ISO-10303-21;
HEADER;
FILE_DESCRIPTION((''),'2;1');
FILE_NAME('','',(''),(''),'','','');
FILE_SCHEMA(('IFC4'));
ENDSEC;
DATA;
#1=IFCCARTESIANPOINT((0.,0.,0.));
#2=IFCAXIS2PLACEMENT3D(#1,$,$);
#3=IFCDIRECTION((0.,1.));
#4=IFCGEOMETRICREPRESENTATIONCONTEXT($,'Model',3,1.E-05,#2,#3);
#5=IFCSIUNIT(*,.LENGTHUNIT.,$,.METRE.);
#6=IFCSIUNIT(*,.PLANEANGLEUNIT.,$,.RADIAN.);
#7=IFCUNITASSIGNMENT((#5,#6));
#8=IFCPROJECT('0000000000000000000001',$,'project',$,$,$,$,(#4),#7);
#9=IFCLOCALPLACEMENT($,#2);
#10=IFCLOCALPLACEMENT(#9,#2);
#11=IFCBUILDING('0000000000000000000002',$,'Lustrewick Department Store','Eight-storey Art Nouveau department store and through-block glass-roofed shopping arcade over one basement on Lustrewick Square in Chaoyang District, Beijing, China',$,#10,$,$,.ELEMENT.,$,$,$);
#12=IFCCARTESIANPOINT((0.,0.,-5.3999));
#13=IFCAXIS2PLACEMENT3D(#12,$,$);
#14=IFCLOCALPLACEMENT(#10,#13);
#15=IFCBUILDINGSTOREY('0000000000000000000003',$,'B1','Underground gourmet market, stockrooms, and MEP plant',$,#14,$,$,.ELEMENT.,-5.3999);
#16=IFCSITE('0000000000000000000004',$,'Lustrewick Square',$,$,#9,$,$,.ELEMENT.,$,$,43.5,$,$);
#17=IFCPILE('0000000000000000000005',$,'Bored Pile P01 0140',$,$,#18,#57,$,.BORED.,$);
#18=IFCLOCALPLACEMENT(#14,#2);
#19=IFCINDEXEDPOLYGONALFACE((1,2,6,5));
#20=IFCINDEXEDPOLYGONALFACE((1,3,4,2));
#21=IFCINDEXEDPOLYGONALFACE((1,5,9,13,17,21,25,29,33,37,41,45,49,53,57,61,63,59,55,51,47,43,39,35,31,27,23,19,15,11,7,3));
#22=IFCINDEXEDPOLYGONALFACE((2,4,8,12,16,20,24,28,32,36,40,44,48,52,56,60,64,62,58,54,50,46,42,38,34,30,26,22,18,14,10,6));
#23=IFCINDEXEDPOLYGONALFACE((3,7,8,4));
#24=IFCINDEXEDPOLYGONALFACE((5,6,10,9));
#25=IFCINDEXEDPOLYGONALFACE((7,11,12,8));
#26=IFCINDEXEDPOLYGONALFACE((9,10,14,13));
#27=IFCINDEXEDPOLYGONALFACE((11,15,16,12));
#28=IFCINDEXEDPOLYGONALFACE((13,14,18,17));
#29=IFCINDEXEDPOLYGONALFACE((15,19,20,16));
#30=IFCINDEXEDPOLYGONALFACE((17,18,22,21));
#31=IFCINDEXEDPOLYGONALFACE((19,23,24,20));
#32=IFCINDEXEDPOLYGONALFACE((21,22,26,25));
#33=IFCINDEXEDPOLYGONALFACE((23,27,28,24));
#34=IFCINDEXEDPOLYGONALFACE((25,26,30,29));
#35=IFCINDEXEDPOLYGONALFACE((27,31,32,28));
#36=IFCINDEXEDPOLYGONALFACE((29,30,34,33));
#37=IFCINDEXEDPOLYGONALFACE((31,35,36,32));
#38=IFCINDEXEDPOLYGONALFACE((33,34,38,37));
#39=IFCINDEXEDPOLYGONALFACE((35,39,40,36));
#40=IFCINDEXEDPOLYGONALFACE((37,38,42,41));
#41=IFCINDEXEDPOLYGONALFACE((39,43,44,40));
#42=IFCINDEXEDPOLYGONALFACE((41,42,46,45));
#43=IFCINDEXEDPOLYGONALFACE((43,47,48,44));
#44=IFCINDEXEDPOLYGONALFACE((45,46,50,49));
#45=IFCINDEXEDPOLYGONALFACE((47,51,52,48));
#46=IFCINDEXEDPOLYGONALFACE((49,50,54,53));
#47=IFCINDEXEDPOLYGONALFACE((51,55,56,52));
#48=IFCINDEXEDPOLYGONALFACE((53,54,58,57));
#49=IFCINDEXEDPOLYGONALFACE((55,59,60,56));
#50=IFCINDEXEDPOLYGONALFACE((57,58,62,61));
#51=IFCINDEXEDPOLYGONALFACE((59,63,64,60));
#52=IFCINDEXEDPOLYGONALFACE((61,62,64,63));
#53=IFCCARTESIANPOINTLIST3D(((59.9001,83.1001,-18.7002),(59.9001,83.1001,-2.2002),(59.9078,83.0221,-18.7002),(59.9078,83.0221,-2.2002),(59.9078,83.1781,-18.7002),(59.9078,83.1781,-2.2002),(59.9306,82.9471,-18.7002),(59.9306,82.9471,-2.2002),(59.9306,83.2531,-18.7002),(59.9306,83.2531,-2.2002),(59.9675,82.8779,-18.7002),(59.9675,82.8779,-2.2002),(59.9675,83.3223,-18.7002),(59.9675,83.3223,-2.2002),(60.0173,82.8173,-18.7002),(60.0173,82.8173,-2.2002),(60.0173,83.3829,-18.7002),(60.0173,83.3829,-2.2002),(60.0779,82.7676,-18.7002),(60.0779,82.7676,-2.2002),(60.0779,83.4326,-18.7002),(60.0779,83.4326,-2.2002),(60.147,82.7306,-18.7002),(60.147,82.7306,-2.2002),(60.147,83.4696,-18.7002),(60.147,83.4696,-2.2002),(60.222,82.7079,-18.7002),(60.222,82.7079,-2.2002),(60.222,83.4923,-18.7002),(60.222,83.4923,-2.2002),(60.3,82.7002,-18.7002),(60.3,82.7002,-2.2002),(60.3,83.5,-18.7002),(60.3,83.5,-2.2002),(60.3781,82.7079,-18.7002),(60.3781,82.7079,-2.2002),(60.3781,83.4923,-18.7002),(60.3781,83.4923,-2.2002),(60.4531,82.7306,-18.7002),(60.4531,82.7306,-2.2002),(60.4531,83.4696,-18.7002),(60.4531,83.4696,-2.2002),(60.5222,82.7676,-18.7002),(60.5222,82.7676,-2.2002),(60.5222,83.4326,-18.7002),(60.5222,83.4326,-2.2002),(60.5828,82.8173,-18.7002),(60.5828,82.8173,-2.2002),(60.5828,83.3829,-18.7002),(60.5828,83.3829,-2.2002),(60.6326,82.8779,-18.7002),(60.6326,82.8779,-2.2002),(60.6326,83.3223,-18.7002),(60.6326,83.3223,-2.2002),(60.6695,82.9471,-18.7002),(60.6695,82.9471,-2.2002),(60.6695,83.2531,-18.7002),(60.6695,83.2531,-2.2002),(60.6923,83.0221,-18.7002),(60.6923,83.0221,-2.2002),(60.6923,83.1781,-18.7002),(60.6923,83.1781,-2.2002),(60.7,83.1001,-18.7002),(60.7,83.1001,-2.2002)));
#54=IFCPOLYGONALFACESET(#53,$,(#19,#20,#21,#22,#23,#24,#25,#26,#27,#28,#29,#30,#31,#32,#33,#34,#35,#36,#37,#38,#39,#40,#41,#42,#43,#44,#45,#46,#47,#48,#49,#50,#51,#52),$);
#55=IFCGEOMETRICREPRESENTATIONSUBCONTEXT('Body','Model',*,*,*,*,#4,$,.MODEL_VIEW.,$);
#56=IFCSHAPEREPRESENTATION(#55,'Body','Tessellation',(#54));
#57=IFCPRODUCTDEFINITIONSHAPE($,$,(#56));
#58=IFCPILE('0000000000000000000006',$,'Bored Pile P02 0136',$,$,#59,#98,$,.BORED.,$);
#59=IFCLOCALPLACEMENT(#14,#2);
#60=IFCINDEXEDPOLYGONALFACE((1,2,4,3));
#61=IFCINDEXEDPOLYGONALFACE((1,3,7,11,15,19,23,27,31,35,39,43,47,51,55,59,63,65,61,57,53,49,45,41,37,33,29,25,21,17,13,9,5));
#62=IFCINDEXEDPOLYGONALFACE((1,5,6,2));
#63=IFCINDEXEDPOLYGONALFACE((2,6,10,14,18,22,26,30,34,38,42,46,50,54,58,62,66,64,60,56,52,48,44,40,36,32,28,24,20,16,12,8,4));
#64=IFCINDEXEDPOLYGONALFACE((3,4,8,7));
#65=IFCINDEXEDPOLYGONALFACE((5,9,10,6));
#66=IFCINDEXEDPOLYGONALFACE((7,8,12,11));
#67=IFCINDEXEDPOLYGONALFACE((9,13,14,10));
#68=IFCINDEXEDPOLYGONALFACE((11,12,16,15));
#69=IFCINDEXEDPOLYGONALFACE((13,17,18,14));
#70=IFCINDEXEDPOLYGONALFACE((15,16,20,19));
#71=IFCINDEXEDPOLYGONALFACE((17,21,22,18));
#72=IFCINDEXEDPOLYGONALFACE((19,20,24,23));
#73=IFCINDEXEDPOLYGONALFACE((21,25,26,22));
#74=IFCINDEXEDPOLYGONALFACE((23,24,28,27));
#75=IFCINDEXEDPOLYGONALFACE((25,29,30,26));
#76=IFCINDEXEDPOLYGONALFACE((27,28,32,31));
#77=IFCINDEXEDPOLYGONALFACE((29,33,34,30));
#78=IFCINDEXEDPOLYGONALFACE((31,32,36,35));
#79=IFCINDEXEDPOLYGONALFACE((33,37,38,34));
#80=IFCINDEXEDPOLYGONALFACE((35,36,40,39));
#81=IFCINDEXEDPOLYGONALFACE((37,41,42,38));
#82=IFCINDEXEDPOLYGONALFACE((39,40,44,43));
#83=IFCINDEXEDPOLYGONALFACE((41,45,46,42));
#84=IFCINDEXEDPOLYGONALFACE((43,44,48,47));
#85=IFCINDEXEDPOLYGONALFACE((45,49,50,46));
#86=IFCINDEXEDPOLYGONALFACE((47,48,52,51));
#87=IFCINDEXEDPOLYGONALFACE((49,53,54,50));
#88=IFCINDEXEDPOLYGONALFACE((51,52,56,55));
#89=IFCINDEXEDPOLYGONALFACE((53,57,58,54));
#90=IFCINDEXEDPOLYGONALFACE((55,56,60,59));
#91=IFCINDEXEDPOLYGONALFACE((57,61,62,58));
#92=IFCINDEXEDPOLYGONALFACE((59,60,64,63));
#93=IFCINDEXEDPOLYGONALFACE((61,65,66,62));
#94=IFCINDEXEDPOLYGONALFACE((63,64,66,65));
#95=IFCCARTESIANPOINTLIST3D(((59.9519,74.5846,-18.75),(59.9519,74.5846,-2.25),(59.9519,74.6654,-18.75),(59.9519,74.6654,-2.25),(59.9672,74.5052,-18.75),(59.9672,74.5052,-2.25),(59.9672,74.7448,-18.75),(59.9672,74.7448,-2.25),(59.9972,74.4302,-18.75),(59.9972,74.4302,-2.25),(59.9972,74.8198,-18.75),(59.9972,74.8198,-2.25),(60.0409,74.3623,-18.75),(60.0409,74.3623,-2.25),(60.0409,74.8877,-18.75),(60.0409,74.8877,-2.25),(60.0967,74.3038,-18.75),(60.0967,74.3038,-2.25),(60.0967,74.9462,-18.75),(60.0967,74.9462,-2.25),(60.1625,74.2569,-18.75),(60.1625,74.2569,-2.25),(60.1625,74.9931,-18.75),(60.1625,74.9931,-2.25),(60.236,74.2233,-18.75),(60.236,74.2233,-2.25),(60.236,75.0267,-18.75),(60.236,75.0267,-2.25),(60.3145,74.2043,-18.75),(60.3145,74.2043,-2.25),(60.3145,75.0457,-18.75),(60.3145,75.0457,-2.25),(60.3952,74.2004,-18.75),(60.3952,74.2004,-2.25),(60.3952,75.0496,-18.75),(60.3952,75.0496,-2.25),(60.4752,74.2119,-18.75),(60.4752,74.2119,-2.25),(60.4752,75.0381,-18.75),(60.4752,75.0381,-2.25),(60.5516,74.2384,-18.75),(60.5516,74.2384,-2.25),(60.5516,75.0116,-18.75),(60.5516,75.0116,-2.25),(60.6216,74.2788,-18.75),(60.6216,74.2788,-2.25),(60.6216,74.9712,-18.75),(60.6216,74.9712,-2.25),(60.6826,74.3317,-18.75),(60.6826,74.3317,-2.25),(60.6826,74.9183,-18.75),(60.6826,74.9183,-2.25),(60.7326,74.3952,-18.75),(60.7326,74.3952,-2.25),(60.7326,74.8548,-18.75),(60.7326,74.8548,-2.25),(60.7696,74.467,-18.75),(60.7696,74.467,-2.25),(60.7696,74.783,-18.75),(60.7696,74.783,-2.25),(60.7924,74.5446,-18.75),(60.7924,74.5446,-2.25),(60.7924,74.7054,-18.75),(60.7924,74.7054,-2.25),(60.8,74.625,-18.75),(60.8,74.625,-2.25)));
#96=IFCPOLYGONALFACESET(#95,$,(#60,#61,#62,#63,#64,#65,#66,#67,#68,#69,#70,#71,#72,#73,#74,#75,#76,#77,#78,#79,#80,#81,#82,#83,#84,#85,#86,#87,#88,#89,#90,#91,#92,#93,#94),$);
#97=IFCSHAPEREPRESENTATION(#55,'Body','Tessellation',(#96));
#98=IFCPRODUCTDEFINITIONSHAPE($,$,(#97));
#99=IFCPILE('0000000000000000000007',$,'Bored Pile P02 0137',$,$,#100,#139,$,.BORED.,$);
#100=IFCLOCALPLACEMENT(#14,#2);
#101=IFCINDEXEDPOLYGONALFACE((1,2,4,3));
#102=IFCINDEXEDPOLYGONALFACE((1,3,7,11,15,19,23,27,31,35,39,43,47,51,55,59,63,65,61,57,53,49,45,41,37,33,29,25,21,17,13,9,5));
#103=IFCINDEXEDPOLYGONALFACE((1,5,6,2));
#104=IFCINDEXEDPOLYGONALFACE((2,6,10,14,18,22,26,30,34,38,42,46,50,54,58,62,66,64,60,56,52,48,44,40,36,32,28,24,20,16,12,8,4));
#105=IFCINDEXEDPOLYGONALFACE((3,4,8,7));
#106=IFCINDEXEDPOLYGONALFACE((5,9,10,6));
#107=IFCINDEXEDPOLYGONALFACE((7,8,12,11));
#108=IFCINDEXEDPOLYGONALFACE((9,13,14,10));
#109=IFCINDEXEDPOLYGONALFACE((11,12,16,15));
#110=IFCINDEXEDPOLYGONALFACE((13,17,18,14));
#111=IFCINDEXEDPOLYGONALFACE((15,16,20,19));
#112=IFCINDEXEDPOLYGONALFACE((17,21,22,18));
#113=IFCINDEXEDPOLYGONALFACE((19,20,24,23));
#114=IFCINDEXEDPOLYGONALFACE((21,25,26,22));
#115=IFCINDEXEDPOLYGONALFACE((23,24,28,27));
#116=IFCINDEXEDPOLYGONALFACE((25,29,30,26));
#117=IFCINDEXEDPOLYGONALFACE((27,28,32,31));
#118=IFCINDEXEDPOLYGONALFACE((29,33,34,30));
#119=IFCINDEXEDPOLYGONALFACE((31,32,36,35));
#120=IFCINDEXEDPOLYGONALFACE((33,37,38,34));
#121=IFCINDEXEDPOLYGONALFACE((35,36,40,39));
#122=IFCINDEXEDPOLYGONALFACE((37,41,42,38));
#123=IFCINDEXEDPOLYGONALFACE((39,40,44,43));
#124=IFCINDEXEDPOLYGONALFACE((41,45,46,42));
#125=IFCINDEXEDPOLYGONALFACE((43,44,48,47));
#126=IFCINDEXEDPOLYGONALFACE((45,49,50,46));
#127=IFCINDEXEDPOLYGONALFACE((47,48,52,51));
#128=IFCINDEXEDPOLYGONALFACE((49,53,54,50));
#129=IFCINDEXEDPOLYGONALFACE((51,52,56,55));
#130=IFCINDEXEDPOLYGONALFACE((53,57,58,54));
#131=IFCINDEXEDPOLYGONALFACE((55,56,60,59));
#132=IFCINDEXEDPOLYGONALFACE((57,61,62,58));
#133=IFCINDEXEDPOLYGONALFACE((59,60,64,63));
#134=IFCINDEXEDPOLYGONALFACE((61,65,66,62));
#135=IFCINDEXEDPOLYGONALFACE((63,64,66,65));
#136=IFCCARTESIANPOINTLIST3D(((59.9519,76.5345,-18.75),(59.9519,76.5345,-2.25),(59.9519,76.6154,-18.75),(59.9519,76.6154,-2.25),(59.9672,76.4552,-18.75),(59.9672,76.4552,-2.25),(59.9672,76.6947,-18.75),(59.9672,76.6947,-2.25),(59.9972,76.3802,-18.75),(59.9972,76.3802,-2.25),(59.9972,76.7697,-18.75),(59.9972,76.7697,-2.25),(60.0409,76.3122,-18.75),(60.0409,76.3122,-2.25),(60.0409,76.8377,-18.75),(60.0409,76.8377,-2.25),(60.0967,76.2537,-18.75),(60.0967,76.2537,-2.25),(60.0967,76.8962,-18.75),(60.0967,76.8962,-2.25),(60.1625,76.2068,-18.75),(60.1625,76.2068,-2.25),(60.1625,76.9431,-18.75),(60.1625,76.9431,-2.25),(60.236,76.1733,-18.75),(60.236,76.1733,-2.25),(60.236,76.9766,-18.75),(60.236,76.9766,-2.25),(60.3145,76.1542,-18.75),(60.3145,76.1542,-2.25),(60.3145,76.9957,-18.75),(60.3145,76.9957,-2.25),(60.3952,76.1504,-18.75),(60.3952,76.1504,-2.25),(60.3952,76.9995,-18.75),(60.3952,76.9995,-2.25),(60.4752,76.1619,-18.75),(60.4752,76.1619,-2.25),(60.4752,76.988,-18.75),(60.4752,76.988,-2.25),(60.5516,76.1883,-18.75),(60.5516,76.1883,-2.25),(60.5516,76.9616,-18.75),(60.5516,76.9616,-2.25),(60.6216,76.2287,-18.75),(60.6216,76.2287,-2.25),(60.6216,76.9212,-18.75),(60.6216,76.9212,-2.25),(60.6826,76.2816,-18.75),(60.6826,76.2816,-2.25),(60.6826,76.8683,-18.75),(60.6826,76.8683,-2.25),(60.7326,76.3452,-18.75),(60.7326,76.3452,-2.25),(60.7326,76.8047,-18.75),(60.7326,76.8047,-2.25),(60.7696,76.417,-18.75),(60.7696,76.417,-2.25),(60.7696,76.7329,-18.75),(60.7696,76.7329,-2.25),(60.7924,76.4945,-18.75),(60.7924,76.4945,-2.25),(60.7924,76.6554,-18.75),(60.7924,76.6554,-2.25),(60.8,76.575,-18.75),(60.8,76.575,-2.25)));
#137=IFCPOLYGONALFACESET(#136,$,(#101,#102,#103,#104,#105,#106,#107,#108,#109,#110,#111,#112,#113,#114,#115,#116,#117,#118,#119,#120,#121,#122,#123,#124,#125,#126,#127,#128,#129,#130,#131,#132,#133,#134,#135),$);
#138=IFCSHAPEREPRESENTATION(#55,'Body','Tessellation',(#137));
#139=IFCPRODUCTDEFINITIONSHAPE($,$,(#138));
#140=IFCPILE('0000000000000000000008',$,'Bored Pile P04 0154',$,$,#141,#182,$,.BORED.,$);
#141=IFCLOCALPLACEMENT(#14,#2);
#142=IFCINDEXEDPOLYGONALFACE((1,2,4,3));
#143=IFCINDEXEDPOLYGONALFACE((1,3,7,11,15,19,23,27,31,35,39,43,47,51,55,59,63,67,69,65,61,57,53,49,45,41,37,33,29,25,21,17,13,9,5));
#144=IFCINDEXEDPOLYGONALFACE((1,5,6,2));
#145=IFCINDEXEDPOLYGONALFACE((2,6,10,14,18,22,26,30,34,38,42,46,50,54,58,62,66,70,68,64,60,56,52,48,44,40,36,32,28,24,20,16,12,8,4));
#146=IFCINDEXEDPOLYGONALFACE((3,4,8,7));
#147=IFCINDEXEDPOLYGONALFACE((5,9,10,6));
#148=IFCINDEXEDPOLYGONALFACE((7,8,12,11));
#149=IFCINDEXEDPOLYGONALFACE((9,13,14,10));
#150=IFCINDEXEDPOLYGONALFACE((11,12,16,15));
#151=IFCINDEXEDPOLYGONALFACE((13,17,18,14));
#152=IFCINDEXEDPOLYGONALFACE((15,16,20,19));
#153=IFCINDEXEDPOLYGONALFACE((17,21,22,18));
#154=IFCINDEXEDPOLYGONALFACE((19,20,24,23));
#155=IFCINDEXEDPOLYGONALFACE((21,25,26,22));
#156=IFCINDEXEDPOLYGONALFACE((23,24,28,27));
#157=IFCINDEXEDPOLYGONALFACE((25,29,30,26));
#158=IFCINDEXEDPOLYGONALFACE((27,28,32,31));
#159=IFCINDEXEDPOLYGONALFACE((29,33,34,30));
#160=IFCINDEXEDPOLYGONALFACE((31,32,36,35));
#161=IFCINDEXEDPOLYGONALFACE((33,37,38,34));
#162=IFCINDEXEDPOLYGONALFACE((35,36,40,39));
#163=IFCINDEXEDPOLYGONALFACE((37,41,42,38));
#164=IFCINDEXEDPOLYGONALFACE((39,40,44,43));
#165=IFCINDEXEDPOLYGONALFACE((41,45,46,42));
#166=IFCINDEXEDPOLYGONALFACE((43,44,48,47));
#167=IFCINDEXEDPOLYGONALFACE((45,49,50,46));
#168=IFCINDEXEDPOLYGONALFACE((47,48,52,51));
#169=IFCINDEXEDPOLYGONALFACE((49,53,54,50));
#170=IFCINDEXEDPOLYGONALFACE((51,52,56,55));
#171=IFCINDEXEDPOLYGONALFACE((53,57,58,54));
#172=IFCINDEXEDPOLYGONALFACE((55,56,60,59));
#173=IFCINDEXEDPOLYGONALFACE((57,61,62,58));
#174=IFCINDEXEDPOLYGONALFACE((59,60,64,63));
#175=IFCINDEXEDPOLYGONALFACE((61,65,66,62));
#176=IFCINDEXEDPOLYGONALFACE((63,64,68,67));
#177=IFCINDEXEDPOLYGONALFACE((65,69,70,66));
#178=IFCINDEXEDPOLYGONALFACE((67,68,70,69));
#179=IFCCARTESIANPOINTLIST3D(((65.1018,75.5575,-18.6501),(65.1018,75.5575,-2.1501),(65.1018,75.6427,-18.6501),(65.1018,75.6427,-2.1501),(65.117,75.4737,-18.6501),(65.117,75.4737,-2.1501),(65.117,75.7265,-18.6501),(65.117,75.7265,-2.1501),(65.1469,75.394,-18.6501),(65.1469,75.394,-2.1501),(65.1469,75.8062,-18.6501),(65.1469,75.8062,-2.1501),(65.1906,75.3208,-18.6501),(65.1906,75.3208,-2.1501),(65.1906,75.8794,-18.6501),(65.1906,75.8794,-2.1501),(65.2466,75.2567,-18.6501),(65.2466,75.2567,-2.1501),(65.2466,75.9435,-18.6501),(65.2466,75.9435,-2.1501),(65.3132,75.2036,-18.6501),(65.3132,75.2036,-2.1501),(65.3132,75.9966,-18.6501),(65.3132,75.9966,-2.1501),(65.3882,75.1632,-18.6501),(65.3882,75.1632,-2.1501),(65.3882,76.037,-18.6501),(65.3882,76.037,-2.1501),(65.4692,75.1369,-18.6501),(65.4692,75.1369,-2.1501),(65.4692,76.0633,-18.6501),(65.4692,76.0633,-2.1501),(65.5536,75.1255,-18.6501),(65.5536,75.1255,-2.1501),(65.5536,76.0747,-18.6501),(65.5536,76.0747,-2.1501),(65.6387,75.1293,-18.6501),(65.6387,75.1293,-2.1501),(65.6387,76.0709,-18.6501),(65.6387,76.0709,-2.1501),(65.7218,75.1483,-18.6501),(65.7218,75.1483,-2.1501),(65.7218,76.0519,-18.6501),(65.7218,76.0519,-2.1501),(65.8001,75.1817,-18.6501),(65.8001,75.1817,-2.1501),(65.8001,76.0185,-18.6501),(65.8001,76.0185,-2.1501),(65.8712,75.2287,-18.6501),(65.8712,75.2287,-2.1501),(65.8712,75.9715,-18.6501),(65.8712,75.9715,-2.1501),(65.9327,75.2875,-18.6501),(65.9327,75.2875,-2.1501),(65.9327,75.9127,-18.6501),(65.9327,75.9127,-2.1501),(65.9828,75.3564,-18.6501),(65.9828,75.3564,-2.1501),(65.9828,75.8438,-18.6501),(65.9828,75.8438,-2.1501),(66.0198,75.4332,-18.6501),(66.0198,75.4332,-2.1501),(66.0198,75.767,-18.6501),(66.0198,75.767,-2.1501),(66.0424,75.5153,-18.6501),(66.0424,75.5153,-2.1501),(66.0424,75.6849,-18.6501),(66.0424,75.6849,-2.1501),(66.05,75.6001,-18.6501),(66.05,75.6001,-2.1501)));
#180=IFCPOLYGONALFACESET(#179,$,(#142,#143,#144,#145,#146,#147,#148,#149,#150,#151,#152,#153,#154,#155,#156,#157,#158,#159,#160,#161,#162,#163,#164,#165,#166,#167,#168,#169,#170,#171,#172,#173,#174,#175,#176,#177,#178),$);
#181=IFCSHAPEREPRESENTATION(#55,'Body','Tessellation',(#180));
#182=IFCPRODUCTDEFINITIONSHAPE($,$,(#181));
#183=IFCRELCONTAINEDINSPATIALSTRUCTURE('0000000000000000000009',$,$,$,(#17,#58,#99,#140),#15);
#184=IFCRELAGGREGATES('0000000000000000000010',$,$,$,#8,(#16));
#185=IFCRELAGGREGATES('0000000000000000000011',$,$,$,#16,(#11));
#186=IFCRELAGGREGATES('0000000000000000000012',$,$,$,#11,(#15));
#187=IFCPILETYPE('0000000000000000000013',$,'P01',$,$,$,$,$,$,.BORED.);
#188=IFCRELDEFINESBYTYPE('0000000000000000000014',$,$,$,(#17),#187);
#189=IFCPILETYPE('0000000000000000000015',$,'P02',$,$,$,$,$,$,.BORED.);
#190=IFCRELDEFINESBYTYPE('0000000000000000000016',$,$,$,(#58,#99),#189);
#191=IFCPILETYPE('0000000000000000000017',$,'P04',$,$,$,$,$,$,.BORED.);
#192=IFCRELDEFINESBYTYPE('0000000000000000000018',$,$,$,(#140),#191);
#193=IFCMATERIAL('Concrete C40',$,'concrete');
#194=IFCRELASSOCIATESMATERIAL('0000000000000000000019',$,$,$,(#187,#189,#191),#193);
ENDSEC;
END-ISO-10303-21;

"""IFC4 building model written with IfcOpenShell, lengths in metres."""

from ifc_helpers import new_model, si_unit, direction, frame, origin, origin_2d, place, context, subcontext, project, spatial, circle, extrude, material, material_profile, profile_set, type_object, element, save


model = new_model("IFC4")

# Units and contexts
model_context = context("Model", 3, precision=1e-05, world=origin(), true_north=direction((0.0, 1.0)))
body_context = subcontext(model_context, "Body", "Model", "MODEL_VIEW")
ifc_project = project(units=[si_unit("LENGTHUNIT", "METRE"), si_unit("PLANEANGLEUNIT", "RADIAN")], contexts=[model_context])

# Site, building, storey
site_placement = place(None, origin())
site = spatial("IfcSite", under=ifc_project, at=site_placement, Name="Lustrewick Square", CompositionType="ELEMENT", RefElevation=43.5)
building_placement = place(site_placement, origin())
building = spatial("IfcBuilding", under=site, at=building_placement, Name="Lustrewick Department Store", Description="Eight-storey Art Nouveau department store and through-block glass-roofed shopping arcade over one basement on Lustrewick Square in Chaoyang District, Beijing, China", CompositionType="ELEMENT")
storey_placement = place(building_placement, frame((0.0, 0.0, -5.3999)))
storey = spatial("IfcBuildingStorey", under=building, at=storey_placement, Name="B1", Description="Underground gourmet market, stockrooms, and MEP plant", CompositionType="ELEMENT", Elevation=-5.3999)

# Piles
ifc_material_1 = material(Name="Concrete C40", Category="concrete")
ifc_material_profile_1 = material_profile(ifc_material_1, circle(Radius=0.3999, at=origin_2d()), Name="PILE D800")
ifc_profile_set_1 = profile_set([ifc_material_profile_1], Name="Concrete C40")
pile_type_1 = type_object("IfcPileType", Name="P01", PredefinedType="BORED", material=ifc_profile_set_1)
pile_1_placement = place(storey_placement, frame((60.3, 83.1001, -2.2002), z_axis=(0.0, 0.0, -1.0), x_axis=(1.0, 0.0, 0.0)))
element("IfcPile", 1, at=pile_1_placement, inside=storey, type_object=pile_type_1, Name="Bored Pile P01 0140", PredefinedType="BORED", context=body_context, shape_type="SweptSolid", body=[
    extrude(circle(Radius=0.3999, at=origin_2d()), origin(), (0.0, 0.0, 1.0), 16.5),
])
ifc_material_profile_2 = material_profile(ifc_material_1, circle(Radius=0.425, at=origin_2d()), Name="PILE D850")
ifc_profile_set_2 = profile_set([ifc_material_profile_2], Name="Concrete C40")
pile_type_2 = type_object("IfcPileType", Name="P02", PredefinedType="BORED", material=ifc_profile_set_2)
for number, where, z_axis, x_axis, name in (
    (2, (60.375, 74.625, -2.25), (0.0, 0.0, -1.0), (1.0, 0.0, 0.0), "Bored Pile P02 0136"),
    (3, (60.375, 76.575, -2.25), (0.0, 0.0, -1.0), (1.0, 0.0, 0.0), "Bored Pile P02 0137"),
):
    element("IfcPile", number, at=place(storey_placement, frame(where, z_axis=z_axis, x_axis=x_axis)), inside=storey, type_object=pile_type_2, Name=name, PredefinedType="BORED", context=body_context, shape_type="SweptSolid", body=[
        extrude(circle(Radius=0.425, at=origin_2d()), origin(), (0.0, 0.0, 1.0), 16.5),
    ])
ifc_material_profile_3 = material_profile(ifc_material_1, circle(Radius=0.4751, at=origin_2d()), Name="PILE D950")
ifc_profile_set_3 = profile_set([ifc_material_profile_3], Name="Concrete C40")
pile_type_3 = type_object("IfcPileType", Name="P04", PredefinedType="BORED", material=ifc_profile_set_3)
for number, where, z_axis, x_axis, name in (
    (4, (65.575, 75.6001, -2.1501), (0.0, 0.0, -1.0), (1.0, 0.0, 0.0), "Bored Pile P04 0154"),
):
    element("IfcPile", number, at=place(storey_placement, frame(where, z_axis=z_axis, x_axis=x_axis)), inside=storey, type_object=pile_type_3, Name=name, PredefinedType="BORED", context=body_context, shape_type="SweptSolid", body=[
        extrude(circle(Radius=0.4751, at=origin_2d()), origin(), (0.0, 0.0, 1.0), 16.5),
    ])

save(model, "model.ifc")
